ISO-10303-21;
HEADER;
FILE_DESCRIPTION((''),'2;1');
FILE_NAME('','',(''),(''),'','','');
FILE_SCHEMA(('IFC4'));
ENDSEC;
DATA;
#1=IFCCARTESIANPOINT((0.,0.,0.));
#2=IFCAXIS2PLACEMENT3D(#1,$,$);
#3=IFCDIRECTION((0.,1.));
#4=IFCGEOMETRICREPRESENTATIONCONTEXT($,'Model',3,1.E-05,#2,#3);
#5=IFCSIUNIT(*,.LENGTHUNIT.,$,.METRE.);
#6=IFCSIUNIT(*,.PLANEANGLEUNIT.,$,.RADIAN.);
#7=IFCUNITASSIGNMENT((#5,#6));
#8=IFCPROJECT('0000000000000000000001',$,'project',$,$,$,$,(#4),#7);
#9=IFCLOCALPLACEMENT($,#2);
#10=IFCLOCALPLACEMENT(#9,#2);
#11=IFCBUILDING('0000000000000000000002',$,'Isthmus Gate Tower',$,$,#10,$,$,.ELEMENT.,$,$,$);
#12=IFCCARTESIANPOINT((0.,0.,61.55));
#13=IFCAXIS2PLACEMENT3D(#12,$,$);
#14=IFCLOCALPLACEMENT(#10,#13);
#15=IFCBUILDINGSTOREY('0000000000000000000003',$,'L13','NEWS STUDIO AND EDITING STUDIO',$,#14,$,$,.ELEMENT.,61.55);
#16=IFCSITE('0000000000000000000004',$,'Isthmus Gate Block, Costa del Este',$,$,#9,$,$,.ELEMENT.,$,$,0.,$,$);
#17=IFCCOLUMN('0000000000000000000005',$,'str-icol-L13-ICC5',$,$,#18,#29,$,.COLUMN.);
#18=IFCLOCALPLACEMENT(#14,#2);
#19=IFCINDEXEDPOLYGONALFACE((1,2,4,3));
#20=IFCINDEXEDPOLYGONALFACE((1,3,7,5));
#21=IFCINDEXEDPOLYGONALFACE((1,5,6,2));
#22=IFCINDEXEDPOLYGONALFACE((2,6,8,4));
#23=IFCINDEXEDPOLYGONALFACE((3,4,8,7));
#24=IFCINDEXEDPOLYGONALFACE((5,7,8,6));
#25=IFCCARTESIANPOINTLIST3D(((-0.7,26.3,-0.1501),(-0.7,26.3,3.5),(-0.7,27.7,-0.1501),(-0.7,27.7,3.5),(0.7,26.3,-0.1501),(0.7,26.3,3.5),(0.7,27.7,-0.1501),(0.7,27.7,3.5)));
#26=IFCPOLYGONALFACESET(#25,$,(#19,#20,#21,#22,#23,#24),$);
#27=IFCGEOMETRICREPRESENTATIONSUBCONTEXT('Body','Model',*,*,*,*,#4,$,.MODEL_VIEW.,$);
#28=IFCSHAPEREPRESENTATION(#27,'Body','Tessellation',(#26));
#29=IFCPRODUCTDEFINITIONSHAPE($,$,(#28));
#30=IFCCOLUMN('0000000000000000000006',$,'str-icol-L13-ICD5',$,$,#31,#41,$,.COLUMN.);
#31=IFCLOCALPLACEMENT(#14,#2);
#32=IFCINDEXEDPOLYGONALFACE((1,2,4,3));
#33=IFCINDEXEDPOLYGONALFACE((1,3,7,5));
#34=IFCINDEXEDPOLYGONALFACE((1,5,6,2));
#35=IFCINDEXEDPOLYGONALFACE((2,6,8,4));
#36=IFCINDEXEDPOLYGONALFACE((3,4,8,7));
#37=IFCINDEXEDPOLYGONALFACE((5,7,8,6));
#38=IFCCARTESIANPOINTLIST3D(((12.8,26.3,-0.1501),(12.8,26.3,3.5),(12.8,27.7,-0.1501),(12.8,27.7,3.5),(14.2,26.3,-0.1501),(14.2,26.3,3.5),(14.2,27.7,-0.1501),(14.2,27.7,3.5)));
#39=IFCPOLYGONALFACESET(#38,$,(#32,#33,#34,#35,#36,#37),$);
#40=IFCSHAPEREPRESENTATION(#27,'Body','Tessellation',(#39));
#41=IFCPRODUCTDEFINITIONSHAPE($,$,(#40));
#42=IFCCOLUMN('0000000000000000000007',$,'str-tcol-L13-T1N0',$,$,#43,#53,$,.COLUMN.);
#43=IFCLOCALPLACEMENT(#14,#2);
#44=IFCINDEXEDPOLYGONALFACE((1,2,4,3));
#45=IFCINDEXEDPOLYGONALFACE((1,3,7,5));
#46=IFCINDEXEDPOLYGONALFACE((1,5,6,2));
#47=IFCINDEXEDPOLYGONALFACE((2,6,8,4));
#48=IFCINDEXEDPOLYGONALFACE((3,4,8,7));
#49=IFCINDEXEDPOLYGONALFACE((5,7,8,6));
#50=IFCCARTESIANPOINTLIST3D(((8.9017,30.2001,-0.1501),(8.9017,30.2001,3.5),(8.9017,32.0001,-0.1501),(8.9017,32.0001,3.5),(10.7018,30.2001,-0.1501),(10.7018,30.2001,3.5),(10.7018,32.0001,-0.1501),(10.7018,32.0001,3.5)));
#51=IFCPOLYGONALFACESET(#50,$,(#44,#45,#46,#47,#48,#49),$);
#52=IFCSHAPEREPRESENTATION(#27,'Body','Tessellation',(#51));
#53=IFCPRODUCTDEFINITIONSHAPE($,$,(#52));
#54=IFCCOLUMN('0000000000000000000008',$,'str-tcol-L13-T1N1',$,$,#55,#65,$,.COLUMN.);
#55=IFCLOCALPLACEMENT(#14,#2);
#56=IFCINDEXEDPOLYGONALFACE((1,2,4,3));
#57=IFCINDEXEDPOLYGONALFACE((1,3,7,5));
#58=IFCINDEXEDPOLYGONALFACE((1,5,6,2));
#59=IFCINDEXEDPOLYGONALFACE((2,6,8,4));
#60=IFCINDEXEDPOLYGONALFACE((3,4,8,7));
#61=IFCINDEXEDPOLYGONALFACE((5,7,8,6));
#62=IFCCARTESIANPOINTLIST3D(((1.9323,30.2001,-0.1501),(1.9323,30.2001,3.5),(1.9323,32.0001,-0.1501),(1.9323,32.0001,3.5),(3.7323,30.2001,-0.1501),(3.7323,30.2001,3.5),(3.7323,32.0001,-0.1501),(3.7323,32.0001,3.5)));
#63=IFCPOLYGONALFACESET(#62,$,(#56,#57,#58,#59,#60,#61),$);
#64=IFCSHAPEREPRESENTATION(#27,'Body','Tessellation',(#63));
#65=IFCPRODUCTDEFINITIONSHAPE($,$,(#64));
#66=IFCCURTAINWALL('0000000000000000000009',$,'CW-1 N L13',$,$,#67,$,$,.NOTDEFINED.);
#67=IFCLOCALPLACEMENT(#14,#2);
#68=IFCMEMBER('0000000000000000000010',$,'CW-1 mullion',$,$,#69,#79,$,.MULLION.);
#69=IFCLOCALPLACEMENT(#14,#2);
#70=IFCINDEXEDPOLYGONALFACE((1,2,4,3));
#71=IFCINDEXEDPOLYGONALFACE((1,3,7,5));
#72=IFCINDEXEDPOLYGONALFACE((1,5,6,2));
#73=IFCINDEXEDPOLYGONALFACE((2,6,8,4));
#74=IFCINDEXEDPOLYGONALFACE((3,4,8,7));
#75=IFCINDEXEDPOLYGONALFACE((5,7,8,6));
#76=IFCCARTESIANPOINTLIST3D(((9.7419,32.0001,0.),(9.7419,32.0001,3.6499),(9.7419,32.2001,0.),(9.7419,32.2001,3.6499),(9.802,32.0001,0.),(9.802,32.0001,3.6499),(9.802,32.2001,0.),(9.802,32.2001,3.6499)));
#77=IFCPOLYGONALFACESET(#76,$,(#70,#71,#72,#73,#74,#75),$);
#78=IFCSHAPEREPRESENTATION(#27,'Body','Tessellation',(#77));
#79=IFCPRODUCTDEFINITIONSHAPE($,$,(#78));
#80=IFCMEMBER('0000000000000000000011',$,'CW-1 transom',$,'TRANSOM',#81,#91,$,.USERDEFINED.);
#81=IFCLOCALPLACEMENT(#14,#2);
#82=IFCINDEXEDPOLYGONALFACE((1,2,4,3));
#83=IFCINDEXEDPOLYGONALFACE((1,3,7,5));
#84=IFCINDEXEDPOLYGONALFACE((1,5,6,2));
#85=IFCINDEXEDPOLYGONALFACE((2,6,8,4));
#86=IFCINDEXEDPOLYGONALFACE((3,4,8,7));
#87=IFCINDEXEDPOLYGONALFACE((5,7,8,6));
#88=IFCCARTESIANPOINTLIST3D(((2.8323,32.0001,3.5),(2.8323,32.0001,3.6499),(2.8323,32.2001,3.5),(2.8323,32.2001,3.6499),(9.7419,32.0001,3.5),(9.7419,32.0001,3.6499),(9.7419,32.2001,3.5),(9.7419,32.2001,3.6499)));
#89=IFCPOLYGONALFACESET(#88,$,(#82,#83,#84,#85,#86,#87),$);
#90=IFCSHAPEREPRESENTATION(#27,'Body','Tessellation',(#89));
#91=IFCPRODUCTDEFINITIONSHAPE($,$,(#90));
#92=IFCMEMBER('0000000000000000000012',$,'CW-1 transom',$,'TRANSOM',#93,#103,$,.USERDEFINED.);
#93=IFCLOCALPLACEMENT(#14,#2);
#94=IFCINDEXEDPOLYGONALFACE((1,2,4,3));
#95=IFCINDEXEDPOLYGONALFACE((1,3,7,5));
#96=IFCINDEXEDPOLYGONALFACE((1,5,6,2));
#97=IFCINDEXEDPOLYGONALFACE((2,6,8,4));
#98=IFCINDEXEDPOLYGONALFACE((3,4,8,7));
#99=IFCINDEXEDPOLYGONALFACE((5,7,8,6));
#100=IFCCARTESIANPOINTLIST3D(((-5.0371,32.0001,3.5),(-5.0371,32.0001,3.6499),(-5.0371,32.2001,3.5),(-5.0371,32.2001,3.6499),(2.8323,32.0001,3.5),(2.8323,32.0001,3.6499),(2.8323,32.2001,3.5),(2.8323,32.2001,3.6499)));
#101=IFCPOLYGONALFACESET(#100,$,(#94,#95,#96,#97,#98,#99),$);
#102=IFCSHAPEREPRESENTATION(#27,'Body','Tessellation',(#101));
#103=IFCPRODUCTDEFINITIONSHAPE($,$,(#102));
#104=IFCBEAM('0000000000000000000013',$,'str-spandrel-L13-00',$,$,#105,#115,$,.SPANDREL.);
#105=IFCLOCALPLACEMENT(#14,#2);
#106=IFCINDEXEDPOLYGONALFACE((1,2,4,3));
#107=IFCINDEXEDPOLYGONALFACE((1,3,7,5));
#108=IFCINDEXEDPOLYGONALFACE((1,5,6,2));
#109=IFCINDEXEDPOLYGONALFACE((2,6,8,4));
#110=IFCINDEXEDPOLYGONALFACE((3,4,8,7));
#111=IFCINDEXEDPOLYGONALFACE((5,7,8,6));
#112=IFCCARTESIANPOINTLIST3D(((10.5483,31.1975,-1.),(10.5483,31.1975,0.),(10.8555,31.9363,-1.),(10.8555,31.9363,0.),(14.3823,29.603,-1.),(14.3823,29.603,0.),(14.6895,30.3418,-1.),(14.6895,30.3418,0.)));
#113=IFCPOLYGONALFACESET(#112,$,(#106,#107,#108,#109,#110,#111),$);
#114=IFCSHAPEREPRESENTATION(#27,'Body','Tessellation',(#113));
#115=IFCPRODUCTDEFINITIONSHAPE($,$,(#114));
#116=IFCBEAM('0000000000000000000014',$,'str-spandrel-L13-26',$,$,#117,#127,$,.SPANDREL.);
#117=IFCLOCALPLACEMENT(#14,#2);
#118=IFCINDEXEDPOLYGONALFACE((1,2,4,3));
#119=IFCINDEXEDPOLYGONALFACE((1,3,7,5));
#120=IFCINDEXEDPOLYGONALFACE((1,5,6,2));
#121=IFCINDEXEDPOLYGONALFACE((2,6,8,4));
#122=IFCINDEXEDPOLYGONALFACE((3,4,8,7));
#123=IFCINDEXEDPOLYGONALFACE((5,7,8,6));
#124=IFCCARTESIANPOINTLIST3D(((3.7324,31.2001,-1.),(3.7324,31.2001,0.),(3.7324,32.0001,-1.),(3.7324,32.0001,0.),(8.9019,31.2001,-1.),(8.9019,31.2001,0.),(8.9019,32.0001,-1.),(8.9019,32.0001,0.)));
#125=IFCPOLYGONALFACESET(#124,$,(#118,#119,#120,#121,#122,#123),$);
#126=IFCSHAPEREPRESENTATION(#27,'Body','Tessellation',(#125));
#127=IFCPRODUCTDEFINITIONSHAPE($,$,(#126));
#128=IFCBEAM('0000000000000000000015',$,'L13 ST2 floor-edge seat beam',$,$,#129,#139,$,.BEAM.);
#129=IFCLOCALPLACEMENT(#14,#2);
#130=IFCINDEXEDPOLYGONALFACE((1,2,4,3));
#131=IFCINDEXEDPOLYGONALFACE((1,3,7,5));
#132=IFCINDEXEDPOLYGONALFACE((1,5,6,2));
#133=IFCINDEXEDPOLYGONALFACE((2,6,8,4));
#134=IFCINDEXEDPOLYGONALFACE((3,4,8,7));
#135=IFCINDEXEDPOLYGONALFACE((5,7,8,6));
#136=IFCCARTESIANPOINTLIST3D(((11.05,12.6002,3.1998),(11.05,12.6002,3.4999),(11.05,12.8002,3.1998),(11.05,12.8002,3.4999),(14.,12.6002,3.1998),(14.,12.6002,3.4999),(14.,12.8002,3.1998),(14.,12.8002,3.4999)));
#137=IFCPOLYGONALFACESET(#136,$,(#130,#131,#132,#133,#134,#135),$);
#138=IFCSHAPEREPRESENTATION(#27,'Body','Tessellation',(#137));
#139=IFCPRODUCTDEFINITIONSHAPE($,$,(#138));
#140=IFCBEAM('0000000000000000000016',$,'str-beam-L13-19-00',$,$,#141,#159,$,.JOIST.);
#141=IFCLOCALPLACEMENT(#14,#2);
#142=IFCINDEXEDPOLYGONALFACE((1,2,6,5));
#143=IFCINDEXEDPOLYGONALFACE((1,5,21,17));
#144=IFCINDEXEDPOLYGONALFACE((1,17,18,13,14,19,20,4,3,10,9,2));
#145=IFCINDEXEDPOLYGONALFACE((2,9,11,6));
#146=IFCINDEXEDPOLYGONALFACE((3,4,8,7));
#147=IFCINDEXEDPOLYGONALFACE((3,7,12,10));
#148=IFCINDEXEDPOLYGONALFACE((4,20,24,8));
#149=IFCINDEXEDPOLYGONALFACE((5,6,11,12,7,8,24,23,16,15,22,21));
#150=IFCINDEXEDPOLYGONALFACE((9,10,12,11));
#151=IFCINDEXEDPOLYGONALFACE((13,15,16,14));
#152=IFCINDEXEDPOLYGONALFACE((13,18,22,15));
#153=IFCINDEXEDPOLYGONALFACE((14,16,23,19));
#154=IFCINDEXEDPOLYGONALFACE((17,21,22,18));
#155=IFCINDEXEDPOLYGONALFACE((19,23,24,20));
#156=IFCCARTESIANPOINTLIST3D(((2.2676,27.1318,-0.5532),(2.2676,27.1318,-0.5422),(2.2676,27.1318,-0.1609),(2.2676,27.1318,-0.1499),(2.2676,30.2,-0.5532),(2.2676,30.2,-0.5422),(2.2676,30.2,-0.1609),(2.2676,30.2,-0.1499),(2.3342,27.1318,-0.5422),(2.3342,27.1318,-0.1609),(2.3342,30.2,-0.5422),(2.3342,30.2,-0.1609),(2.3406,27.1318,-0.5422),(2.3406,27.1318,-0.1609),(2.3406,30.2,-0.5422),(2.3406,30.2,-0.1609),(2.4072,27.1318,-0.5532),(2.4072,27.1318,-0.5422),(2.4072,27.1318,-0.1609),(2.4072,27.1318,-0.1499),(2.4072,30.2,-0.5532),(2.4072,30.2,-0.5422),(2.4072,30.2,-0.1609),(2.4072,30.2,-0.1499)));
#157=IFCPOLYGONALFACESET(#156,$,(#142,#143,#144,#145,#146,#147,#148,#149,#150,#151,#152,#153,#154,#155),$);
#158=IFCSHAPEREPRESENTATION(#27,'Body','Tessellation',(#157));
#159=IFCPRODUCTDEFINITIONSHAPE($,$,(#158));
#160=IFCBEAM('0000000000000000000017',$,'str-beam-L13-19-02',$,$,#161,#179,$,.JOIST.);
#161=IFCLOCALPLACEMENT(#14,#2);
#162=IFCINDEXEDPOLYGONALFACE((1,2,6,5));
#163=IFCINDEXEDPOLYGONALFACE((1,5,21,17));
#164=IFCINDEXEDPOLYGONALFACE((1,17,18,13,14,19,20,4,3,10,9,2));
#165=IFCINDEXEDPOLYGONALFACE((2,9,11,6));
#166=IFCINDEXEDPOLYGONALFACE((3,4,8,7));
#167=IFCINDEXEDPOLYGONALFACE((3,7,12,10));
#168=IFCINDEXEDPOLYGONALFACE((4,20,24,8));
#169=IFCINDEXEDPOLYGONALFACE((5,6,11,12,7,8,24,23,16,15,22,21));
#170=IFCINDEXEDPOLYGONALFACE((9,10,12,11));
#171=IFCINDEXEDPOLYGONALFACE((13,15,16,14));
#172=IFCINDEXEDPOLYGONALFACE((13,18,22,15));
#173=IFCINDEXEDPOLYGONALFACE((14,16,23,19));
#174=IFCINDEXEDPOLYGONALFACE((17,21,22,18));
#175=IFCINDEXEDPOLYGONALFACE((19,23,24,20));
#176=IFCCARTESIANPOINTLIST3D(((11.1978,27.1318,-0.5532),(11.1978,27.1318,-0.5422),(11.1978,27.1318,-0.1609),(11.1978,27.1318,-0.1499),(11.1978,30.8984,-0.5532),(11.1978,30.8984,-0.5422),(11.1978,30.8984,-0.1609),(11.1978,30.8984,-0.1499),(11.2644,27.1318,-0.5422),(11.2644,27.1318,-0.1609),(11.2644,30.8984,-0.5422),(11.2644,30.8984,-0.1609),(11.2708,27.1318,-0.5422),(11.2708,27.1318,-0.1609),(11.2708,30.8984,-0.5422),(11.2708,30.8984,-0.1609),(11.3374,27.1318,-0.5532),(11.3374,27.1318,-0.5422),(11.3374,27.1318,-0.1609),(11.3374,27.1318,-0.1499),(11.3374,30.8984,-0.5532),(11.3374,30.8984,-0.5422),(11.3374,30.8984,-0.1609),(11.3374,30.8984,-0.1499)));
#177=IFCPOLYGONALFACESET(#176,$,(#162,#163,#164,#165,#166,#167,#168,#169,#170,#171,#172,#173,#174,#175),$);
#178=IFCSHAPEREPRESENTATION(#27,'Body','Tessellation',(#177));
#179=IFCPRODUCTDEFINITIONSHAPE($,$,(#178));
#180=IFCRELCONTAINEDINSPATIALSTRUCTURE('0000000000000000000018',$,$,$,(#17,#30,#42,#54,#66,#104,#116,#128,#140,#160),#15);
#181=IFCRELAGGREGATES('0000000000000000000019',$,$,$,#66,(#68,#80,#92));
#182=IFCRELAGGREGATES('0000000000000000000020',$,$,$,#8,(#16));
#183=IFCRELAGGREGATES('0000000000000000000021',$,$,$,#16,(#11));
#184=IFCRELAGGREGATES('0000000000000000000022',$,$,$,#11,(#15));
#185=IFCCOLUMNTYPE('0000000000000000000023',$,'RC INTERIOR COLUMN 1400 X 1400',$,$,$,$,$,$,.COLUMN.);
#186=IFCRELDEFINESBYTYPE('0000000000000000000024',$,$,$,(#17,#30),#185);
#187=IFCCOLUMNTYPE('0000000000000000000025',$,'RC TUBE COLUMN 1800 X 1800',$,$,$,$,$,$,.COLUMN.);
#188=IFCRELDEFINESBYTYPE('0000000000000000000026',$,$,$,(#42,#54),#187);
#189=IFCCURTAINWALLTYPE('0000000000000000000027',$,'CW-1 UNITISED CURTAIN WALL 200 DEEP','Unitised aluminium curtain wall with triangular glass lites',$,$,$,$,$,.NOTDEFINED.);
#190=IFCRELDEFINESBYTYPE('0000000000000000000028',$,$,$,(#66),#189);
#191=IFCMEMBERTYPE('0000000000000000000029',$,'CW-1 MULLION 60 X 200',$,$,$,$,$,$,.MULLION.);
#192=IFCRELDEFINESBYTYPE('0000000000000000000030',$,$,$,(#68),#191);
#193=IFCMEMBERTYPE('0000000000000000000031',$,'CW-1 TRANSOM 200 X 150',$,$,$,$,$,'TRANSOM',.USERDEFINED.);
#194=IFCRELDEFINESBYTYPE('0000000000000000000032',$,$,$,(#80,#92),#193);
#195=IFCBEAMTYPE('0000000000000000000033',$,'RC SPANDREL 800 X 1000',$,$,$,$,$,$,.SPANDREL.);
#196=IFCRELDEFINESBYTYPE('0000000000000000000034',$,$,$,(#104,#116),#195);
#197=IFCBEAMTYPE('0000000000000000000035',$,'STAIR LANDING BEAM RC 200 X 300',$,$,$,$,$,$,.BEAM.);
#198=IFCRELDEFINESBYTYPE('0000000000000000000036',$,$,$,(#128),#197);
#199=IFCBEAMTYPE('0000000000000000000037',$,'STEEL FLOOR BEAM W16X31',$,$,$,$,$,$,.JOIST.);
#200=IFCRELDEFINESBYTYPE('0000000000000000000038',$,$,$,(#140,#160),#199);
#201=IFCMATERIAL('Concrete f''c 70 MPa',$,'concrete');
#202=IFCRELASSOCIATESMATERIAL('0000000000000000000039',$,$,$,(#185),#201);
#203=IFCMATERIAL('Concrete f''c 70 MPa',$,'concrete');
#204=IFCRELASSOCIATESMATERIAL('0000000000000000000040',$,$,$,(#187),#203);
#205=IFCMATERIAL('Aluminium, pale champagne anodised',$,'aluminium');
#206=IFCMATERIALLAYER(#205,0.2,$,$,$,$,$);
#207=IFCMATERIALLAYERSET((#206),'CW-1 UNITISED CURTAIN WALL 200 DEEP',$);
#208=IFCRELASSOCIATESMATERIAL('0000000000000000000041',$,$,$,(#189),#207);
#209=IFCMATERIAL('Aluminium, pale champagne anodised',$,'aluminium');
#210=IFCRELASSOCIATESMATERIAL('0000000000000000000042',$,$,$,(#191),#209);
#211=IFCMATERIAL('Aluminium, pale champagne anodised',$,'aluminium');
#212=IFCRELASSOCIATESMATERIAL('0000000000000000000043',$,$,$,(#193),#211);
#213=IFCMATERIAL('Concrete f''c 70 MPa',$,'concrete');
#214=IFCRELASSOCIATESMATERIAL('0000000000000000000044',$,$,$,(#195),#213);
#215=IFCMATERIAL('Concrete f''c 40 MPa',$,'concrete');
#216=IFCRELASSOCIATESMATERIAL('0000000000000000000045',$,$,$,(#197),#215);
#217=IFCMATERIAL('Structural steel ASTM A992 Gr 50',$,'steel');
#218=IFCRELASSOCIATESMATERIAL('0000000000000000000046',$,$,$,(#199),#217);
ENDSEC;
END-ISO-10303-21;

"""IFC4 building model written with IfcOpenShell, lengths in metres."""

from ifc_helpers import new_model, si_unit, direction, frame, origin, origin_2d, place, context, subcontext, project, spatial, rectangle, i_section, extrude, material, layer, layer_set, material_profile, profile_set, type_object, element, aggregate, save


model = new_model("IFC4")

# Units and contexts
model_context = context("Model", 3, precision=1e-05, world=origin(), true_north=direction((0.0, 1.0)))
body_context = subcontext(model_context, "Body", "Model", "MODEL_VIEW")
ifc_project = project(units=[si_unit("LENGTHUNIT", "METRE"), si_unit("PLANEANGLEUNIT", "RADIAN")], contexts=[model_context])

# Site, building, storey
site_placement = place(None, origin())
site = spatial("IfcSite", under=ifc_project, at=site_placement, Name="Isthmus Gate Block, Costa del Este", CompositionType="ELEMENT", RefElevation=0.0)
building_placement = place(site_placement, origin())
building = spatial("IfcBuilding", under=site, at=building_placement, Name="Isthmus Gate Tower", CompositionType="ELEMENT")
storey_placement = place(building_placement, frame((0.0, 0.0, 61.55)))
storey = spatial("IfcBuildingStorey", under=building, at=storey_placement, Name="L13", Description="NEWS STUDIO AND EDITING STUDIO", CompositionType="ELEMENT", Elevation=61.55)

# Columns
ifc_material_1 = material(Name="Concrete f'c 70 MPa", Category="concrete")
ifc_material_profile_1 = material_profile(ifc_material_1, rectangle(XDim=1.3999, YDim=1.3999, at=origin_2d()), Name="RC 1400X1400")
ifc_profile_set_1 = profile_set([ifc_material_profile_1], Name="Concrete f'c 70 MPa")
column_type_1 = type_object("IfcColumnType", Name="RC INTERIOR COLUMN 1400 X 1400", PredefinedType="COLUMN", material=ifc_profile_set_1)
for number, where, z_axis, x_axis, name in (
    (1, (0.0, 27.0, -0.1501), (0.0, 0.0, 1.0), (1.0, 0.0, 0.0), "str-icol-L13-ICC5"),
    (2, (13.5, 27.0, -0.1501), (0.0, 0.0, 1.0), (1.0, 0.0, 0.0), "str-icol-L13-ICD5"),
):
    element("IfcColumn", number, at=place(storey_placement, frame(where, z_axis=z_axis, x_axis=x_axis)), inside=storey, type_object=column_type_1, Name=name, PredefinedType="COLUMN", context=body_context, shape_type="SweptSolid", body=[
        extrude(rectangle(XDim=1.3999, YDim=1.3999, at=origin_2d()), origin(), (0.0, 0.0, 1.0), 3.6501),
    ])
ifc_material_2 = material(Name="Concrete f'c 70 MPa", Category="concrete")
ifc_material_profile_2 = material_profile(ifc_material_2, rectangle(XDim=1.8, YDim=1.8, at=origin_2d()), Name="RC 1800X1800")
ifc_profile_set_2 = profile_set([ifc_material_profile_2], Name="Concrete f'c 70 MPa")
column_type_2 = type_object("IfcColumnType", Name="RC TUBE COLUMN 1800 X 1800", PredefinedType="COLUMN", material=ifc_profile_set_2)
for number, where, z_axis, x_axis, name in (
    (3, (9.8018, 31.1001, -0.1501), (0.0, 0.0, 1.0), (-1.0, 0.0, 0.0), "str-tcol-L13-T1N0"),
    (4, (2.8323, 31.1001, -0.1501), (0.0, 0.0, 1.0), (-1.0, 0.0, 0.0), "str-tcol-L13-T1N1"),
):
    element("IfcColumn", number, at=place(storey_placement, frame(where, z_axis=z_axis, x_axis=x_axis)), inside=storey, type_object=column_type_2, Name=name, PredefinedType="COLUMN", context=body_context, shape_type="SweptSolid", body=[
        extrude(rectangle(XDim=1.8, YDim=1.8, at=origin_2d()), origin(), (0.0, 0.0, 1.0), 3.6501),
    ])

# Curtain wall, members
ifc_material_3 = material(Name="Aluminium, pale champagne anodised", Category="aluminium")
ifc_layer_1 = layer(ifc_material_3, 0.2)
ifc_layer_set_1 = layer_set([ifc_layer_1], Name="CW-1 UNITISED CURTAIN WALL 200 DEEP")
curtain_wall_type = type_object("IfcCurtainWallType", Name="CW-1 UNITISED CURTAIN WALL 200 DEEP", Description="Unitised aluminium curtain wall with triangular glass lites", PredefinedType="NOTDEFINED", material=ifc_layer_set_1)
curtain_wall_1_placement = place(storey_placement, origin())
curtain_wall_1 = element("IfcCurtainWall", 5, at=curtain_wall_1_placement, inside=storey, type_object=curtain_wall_type, Name="CW-1 N L13", PredefinedType="NOTDEFINED")
ifc_material_4 = material(Name="Aluminium, pale champagne anodised", Category="aluminium")
ifc_material_profile_3 = material_profile(ifc_material_4, rectangle(XDim=0.0601, YDim=0.2, at=origin_2d()), Name="60x200")
ifc_profile_set_3 = profile_set([ifc_material_profile_3], Name="Aluminium, pale champagne anodised")
member_type_1 = type_object("IfcMemberType", Name="CW-1 MULLION 60 X 200", PredefinedType="MULLION", material=ifc_profile_set_3)
member_1_placement = place(storey_placement, frame((9.772, 32.1001, 0.0), z_axis=(0.0, 0.0, 1.0), x_axis=(-1.0, 0.0, 0.0)))
member_1 = element("IfcMember", 6, at=member_1_placement, type_object=member_type_1, Name="CW-1 mullion", PredefinedType="MULLION", context=body_context, shape_type="SweptSolid", body=[
    extrude(rectangle(XDim=0.0601, YDim=0.2, at=origin_2d()), origin(), (0.0, 0.0, 1.0), 3.6499),
])
ifc_material_5 = material(Name="Aluminium, pale champagne anodised", Category="aluminium")
ifc_material_profile_4 = material_profile(ifc_material_5, rectangle(XDim=0.2, YDim=0.1499, at=origin_2d()), Name="200x150")
ifc_profile_set_4 = profile_set([ifc_material_profile_4], Name="Aluminium, pale champagne anodised")
member_type_2 = type_object("IfcMemberType", Name="CW-1 TRANSOM 200 X 150", ElementType="TRANSOM", PredefinedType="USERDEFINED", material=ifc_profile_set_4)
member_2_placement = place(storey_placement, frame((9.7419, 32.1001, 3.575), z_axis=(-1.0, 0.0, 0.0), x_axis=(0.0, -1.0, 0.0)))
member_2 = element("IfcMember", 7, at=member_2_placement, type_object=member_type_2, Name="CW-1 transom", ObjectType="TRANSOM", PredefinedType="USERDEFINED", context=body_context, shape_type="SweptSolid", body=[
    extrude(rectangle(XDim=0.2, YDim=0.1499, at=origin_2d()), origin(), (0.0, 0.0, 1.0), 6.9097),
])
member_3_placement = place(storey_placement, frame((2.8323, 32.1001, 3.575), z_axis=(-1.0, 0.0, 0.0), x_axis=(0.0, -1.0, 0.0)))
member_3 = element("IfcMember", 8, at=member_3_placement, type_object=member_type_2, Name="CW-1 transom", ObjectType="TRANSOM", PredefinedType="USERDEFINED", context=body_context, shape_type="SweptSolid", body=[
    extrude(rectangle(XDim=0.2, YDim=0.1499, at=origin_2d()), origin(), (0.0, 0.0, 1.0), 7.8694),
])

# Beams
ifc_material_6 = material(Name="Concrete f'c 70 MPa", Category="concrete")
ifc_material_profile_5 = material_profile(ifc_material_6, rectangle(XDim=0.8, YDim=1.0, at=origin_2d()), Name="RC 800X1000")
ifc_profile_set_5 = profile_set([ifc_material_profile_5], Name="Concrete f'c 70 MPa")
beam_type_1 = type_object("IfcBeamType", Name="RC SPANDREL 800 X 1000", PredefinedType="SPANDREL", material=ifc_profile_set_5)
beam_1_placement = place(storey_placement, frame((10.7019, 31.5669, -0.5), z_axis=(0.923334, -0.383997, 0.0), x_axis=(0.383997, 0.923334, 0.0)))
element("IfcBeam", 9, at=beam_1_placement, inside=storey, type_object=beam_type_1, Name="str-spandrel-L13-00", PredefinedType="SPANDREL", context=body_context, shape_type="SweptSolid", body=[
    extrude(rectangle(XDim=0.8, YDim=1.0, at=origin_2d()), origin(), (0.0, 0.0, 1.0), 4.1523),
])
beam_2_placement = place(storey_placement, frame((3.7324, 31.6001, -0.5), z_axis=(1.0, 0.0, 0.0), x_axis=(0.0, 1.0, 0.0)))
element("IfcBeam", 10, at=beam_2_placement, inside=storey, type_object=beam_type_1, Name="str-spandrel-L13-26", PredefinedType="SPANDREL", context=body_context, shape_type="SweptSolid", body=[
    extrude(rectangle(XDim=0.8, YDim=1.0, at=origin_2d()), origin(), (0.0, 0.0, 1.0), 5.1694),
])
ifc_material_7 = material(Name="Concrete f'c 40 MPa", Category="concrete")
ifc_material_profile_6 = material_profile(ifc_material_7, rectangle(XDim=0.2, YDim=0.3, at=origin_2d()), Name="STAIR LANDING BEAM RC 200 X 300")
ifc_profile_set_6 = profile_set([ifc_material_profile_6], Name="Concrete f'c 40 MPa")
beam_type_2 = type_object("IfcBeamType", Name="STAIR LANDING BEAM RC 200 X 300", PredefinedType="BEAM", material=ifc_profile_set_6)
beam_3_placement = place(storey_placement, frame((11.05, 12.7002, 3.3499), z_axis=(1.0, 0.0, 0.0), x_axis=(0.0, 1.0, 0.0)))
element("IfcBeam", 11, at=beam_3_placement, inside=storey, type_object=beam_type_2, Name="L13 ST2 floor-edge seat beam", PredefinedType="BEAM", context=body_context, shape_type="SweptSolid", body=[
    extrude(rectangle(XDim=0.2, YDim=0.3, at=origin_2d()), origin(), (0.0, 0.0, 1.0), 2.95),
])
ifc_material_8 = material(Name="Structural steel ASTM A992 Gr 50", Category="steel")
ifc_material_profile_7 = material_profile(ifc_material_8, i_section(OverallWidth=0.1396, OverallDepth=0.4033, WebThickness=0.0063, FlangeThickness=0.011, at=origin_2d()), Name="W16X31")
ifc_profile_set_7 = profile_set([ifc_material_profile_7], Name="Structural steel ASTM A992 Gr 50")
beam_type_3 = type_object("IfcBeamType", Name="STEEL FLOOR BEAM W16X31", PredefinedType="JOIST", material=ifc_profile_set_7)
beam_4_placement = place(storey_placement, frame((2.3374, 27.1318, -0.3516), z_axis=(0.0, 1.0, 0.0), x_axis=(-1.0, 0.0, 0.0)))
element("IfcBeam", 12, at=beam_4_placement, inside=storey, type_object=beam_type_3, Name="str-beam-L13-19-00", PredefinedType="JOIST", context=body_context, shape_type="SweptSolid", body=[
    extrude(i_section(OverallWidth=0.1396, OverallDepth=0.4033, WebThickness=0.0063, FlangeThickness=0.011, at=origin_2d()), origin(), (0.0, 0.0, 1.0), 3.0681),
])
beam_5_placement = place(storey_placement, frame((11.2676, 27.1318, -0.3516), z_axis=(0.0, 1.0, 0.0), x_axis=(-1.0, 0.0, 0.0)))
element("IfcBeam", 13, at=beam_5_placement, inside=storey, type_object=beam_type_3, Name="str-beam-L13-19-02", PredefinedType="JOIST", context=body_context, shape_type="SweptSolid", body=[
    extrude(i_section(OverallWidth=0.1396, OverallDepth=0.4033, WebThickness=0.0063, FlangeThickness=0.011, at=origin_2d()), origin(), (0.0, 0.0, 1.0), 3.7666),
])

aggregate(curtain_wall_1, [member_1, member_2, member_3])

save(model, "model.ifc")
